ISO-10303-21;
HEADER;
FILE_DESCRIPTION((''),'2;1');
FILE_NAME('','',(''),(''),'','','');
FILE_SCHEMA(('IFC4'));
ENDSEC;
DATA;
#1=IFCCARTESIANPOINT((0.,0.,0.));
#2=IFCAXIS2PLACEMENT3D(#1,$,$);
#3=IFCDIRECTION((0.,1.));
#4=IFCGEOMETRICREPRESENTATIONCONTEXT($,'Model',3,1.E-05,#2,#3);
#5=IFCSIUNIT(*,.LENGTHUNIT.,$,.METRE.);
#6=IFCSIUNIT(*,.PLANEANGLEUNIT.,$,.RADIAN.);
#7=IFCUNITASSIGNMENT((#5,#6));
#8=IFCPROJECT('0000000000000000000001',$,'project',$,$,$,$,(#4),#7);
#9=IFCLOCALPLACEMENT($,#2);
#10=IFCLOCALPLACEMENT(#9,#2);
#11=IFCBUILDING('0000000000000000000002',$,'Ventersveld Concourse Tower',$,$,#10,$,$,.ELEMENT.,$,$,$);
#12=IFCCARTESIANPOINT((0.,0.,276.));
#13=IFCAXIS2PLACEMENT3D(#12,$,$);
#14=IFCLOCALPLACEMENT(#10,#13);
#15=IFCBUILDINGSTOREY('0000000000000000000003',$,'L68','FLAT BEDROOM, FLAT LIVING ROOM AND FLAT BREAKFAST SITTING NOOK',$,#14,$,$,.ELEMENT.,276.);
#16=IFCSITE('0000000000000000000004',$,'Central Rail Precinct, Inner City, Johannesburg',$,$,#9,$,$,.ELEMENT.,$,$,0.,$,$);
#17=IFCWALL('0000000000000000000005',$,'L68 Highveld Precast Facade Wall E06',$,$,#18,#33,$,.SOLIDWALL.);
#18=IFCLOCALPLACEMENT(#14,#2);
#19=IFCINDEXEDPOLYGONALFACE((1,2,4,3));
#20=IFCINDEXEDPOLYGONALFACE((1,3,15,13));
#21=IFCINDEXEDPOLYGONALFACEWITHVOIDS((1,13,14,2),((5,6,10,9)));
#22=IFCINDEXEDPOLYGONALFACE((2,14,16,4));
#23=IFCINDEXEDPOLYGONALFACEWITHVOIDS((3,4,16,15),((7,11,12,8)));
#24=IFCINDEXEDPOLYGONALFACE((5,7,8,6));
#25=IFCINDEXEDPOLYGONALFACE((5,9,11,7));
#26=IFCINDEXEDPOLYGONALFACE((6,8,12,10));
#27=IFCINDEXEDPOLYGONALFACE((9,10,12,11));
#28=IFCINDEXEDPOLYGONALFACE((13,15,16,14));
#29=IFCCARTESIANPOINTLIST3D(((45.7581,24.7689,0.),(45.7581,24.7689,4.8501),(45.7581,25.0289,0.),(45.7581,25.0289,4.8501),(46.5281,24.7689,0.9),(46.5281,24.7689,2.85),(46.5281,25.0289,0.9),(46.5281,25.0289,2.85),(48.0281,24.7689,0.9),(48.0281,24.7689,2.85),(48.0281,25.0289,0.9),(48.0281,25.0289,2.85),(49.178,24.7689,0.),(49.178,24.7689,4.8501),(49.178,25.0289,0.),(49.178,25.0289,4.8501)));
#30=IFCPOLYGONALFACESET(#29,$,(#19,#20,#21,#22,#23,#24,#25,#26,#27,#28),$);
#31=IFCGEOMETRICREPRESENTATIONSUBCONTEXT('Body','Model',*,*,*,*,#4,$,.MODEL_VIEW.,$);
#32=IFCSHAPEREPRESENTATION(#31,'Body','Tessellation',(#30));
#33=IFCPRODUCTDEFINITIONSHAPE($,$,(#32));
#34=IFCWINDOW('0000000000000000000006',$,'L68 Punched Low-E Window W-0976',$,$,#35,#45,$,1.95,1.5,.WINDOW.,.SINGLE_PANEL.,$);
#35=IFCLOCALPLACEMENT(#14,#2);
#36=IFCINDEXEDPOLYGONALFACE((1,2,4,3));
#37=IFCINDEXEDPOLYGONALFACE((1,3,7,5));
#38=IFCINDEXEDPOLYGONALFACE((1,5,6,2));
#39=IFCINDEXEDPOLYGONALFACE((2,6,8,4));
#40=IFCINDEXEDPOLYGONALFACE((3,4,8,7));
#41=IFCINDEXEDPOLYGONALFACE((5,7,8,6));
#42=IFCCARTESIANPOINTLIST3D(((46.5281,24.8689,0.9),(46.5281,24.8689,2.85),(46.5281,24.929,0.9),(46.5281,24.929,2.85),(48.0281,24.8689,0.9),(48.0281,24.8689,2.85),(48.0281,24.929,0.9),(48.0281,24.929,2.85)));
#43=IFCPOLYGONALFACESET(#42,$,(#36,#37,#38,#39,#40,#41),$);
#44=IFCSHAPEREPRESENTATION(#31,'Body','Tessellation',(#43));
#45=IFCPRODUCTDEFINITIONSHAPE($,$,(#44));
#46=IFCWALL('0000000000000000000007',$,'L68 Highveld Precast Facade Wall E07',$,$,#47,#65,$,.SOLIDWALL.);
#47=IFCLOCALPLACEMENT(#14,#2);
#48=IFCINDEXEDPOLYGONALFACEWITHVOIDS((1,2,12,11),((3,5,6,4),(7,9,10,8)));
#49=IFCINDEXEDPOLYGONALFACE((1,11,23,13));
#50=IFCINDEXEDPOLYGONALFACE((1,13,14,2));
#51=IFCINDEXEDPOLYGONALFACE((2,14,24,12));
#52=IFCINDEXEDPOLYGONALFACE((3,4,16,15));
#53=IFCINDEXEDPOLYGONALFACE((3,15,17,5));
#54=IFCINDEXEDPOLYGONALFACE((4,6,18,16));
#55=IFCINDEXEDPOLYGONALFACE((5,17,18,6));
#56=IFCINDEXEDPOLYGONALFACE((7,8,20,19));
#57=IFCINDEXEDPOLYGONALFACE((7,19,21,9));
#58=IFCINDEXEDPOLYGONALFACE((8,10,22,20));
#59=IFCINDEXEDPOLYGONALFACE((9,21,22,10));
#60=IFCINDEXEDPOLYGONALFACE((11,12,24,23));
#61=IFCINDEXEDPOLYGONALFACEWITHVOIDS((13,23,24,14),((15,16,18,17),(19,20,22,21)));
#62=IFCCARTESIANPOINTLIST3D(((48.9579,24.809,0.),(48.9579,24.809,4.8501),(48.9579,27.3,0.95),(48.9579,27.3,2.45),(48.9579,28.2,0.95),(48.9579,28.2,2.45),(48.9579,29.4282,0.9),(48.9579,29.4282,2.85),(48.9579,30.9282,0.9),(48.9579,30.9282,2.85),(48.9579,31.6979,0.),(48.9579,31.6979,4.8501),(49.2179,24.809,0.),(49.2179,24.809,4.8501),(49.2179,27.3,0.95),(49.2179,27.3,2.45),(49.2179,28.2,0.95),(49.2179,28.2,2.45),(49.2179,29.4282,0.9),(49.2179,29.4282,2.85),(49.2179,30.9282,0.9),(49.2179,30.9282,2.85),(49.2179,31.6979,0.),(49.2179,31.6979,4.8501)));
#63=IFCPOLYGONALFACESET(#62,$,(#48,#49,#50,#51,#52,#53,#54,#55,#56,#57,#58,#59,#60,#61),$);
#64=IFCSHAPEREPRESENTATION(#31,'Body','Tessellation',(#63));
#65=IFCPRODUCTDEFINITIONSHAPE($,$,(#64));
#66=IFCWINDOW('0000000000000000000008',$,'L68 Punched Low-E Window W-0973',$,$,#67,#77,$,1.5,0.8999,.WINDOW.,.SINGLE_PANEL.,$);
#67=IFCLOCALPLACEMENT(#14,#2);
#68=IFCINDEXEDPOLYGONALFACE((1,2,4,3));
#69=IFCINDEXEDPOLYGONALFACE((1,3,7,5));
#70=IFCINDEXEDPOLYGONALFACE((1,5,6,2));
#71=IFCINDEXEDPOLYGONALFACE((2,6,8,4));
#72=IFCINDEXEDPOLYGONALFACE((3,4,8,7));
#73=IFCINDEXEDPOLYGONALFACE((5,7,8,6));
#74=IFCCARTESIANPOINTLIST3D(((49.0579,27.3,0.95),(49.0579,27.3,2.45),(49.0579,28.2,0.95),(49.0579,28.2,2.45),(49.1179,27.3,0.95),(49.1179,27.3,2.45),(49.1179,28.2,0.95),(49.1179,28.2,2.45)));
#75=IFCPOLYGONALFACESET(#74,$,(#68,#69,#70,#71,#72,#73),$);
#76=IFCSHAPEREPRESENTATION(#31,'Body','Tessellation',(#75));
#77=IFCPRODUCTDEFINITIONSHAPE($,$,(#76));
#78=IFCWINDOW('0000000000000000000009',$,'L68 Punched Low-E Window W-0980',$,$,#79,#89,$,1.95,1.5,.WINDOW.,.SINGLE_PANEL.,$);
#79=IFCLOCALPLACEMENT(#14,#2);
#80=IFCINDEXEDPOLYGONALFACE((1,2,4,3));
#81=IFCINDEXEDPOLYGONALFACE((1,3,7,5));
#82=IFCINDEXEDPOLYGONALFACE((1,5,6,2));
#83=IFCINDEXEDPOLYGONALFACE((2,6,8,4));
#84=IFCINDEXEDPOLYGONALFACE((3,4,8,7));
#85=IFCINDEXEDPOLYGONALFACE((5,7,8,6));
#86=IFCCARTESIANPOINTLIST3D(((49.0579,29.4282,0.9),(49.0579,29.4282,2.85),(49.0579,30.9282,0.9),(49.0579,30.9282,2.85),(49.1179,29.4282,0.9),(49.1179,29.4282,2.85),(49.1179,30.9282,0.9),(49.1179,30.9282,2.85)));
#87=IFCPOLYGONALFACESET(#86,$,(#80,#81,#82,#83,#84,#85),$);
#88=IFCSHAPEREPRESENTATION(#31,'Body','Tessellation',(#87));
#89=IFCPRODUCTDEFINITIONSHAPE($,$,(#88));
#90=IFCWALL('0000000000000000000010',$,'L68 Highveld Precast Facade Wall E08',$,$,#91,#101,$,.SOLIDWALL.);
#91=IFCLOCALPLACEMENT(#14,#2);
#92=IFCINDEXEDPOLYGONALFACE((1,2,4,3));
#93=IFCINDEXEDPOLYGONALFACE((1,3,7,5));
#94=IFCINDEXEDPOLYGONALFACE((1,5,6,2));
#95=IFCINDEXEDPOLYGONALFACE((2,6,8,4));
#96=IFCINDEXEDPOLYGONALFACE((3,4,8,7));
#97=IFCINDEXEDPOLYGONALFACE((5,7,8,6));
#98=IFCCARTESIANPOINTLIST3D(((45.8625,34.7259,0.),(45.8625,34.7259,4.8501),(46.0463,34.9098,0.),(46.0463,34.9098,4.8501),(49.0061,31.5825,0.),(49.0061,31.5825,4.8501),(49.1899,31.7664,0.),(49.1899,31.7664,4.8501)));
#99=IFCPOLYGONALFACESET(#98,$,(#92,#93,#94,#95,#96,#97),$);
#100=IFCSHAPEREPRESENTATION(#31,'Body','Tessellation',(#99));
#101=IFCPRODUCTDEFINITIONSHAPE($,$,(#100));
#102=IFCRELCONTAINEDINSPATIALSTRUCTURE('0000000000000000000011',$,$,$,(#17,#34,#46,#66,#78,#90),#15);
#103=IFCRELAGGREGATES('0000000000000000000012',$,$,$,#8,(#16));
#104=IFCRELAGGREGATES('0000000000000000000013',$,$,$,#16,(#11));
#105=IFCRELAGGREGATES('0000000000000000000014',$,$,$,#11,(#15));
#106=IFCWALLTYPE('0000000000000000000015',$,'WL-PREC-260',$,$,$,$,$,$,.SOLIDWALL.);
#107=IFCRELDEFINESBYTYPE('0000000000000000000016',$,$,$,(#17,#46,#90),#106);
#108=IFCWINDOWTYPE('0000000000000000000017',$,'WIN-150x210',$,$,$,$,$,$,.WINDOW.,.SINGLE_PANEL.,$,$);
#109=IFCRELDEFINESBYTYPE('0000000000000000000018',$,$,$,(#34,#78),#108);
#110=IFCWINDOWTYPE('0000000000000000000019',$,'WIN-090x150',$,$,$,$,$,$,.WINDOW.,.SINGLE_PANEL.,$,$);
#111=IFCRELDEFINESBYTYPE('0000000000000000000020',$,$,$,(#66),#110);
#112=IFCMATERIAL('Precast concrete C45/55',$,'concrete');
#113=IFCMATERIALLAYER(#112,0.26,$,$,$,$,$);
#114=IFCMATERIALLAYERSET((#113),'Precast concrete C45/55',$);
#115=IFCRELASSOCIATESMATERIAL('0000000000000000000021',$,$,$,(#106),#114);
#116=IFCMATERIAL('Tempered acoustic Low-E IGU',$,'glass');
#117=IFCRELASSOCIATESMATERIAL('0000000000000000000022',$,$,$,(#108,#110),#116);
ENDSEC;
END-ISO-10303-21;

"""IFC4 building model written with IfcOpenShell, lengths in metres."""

from ifc_helpers import new_model, si_unit, direction, frame, frame_2d, origin, place, context, subcontext, project, spatial, rectangle, extrude, material, layer, layer_set, type_object, element, fill, save


model = new_model("IFC4")

# Units and contexts
model_context = context("Model", 3, precision=1e-05, world=origin(), true_north=direction((0.0, 1.0)))
body_context = subcontext(model_context, "Body", "Model", "MODEL_VIEW")
ifc_project = project(units=[si_unit("LENGTHUNIT", "METRE"), si_unit("PLANEANGLEUNIT", "RADIAN")], contexts=[model_context])

# Site, building, storey
site_placement = place(None, origin())
site = spatial("IfcSite", under=ifc_project, at=site_placement, Name="Central Rail Precinct, Inner City, Johannesburg", CompositionType="ELEMENT", RefElevation=0.0)
building_placement = place(site_placement, origin())
building = spatial("IfcBuilding", under=site, at=building_placement, Name="Ventersveld Concourse Tower", CompositionType="ELEMENT")
storey_placement = place(building_placement, frame((0.0, 0.0, 276.0)))
storey = spatial("IfcBuildingStorey", under=building, at=storey_placement, Name="L68", Description="FLAT BEDROOM, FLAT LIVING ROOM AND FLAT BREAKFAST SITTING NOOK", CompositionType="ELEMENT", Elevation=276.0)

# Wall, opening, window
ifc_material_1 = material(Name="Precast concrete C45/55", Category="concrete")
ifc_layer_1 = layer(ifc_material_1, 0.26)
ifc_layer_set_1 = layer_set([ifc_layer_1], Name="Precast concrete C45/55")
wall_type_1 = type_object("IfcWallType", Name="WL-PREC-260", PredefinedType="SOLIDWALL", material=ifc_layer_set_1)
wall_1_placement = place(storey_placement, frame((45.7581, 24.8989, 0.0), z_axis=(0.0, 0.0, 1.0), x_axis=(1.0, 0.0, 0.0)))
wall_1 = element("IfcWall", 1, at=wall_1_placement, inside=storey, type_object=wall_type_1, Name="L68 Highveld Precast Facade Wall E06", PredefinedType="SOLIDWALL", context=body_context, shape_type="SweptSolid", body=[
    extrude(rectangle(XDim=3.4199, YDim=0.26, at=frame_2d((1.71, 0.0))), origin(), (0.0, 0.0, 1.0), 4.8501),
])
opening_1_placement = place(wall_1_placement, frame((0.77, 0.0, 0.8999)))
opening_1 = element("IfcOpeningElement", 2, at=opening_1_placement, cuts=wall_1, PredefinedType="OPENING", context=body_context, shape_type="SweptSolid", body=[
    extrude(rectangle(XDim=1.5, YDim=1.95, at=frame_2d((0.75, 0.9751))), frame((0.0, 0.1401, 0.0), z_axis=(0.0, -1.0, 0.0), x_axis=(1.0, 0.0, 0.0)), (0.0, 0.0, 1.0), 0.28),
])
ifc_material_2 = material(Name="Tempered acoustic Low-E IGU", Category="glass")
window_type_1 = type_object("IfcWindowType", Name="WIN-150x210", PartitioningType="SINGLE_PANEL", PredefinedType="WINDOW", material=ifc_material_2)
window_1_placement = place(opening_1_placement, origin())
window_1 = element("IfcWindow", 3, at=window_1_placement, inside=storey, type_object=window_type_1, Name="L68 Punched Low-E Window W-0976", OverallHeight=1.95, OverallWidth=1.5, PartitioningType="SINGLE_PANEL", PredefinedType="WINDOW", context=body_context, shape_type="SweptSolid", body=[
    extrude(rectangle(XDim=1.5, YDim=1.95, at=frame_2d((0.75, 0.9751))), frame((0.0, 0.03, 0.0), z_axis=(0.0, -1.0, 0.0), x_axis=(1.0, 0.0, 0.0)), (0.0, 0.0, 1.0), 0.0601),
])
fill(opening_1, window_1)

# Wall, openings, windows
wall_2_placement = place(storey_placement, frame((49.0879, 24.8091, 0.0), z_axis=(0.0, 0.0, 1.0), x_axis=(0.0, 1.0, 0.0)))
wall_2 = element("IfcWall", 4, at=wall_2_placement, inside=storey, type_object=wall_type_1, Name="L68 Highveld Precast Facade Wall E07", PredefinedType="SOLIDWALL", context=body_context, shape_type="SweptSolid", body=[
    extrude(rectangle(XDim=6.8889, YDim=0.26, at=frame_2d((3.4443, 0.0))), origin(), (0.0, 0.0, 1.0), 4.8501),
])
opening_2_placement = place(wall_2_placement, frame((2.491, 0.0, 0.95)))
opening_2 = element("IfcOpeningElement", 5, at=opening_2_placement, cuts=wall_2, PredefinedType="OPENING", context=body_context, shape_type="SweptSolid", body=[
    extrude(rectangle(XDim=0.8999, YDim=1.5, at=frame_2d((0.45, 0.75))), frame((0.0, 0.1401, 0.0), z_axis=(0.0, -1.0, 0.0), x_axis=(1.0, 0.0, 0.0)), (0.0, 0.0, 1.0), 0.28),
])
opening_3_placement = place(wall_2_placement, frame((4.6191, 0.0, 0.8999)))
opening_3 = element("IfcOpeningElement", 6, at=opening_3_placement, cuts=wall_2, PredefinedType="OPENING", context=body_context, shape_type="SweptSolid", body=[
    extrude(rectangle(XDim=1.5, YDim=1.95, at=frame_2d((0.75, 0.9751))), frame((0.0, 0.1401, 0.0), z_axis=(0.0, -1.0, 0.0), x_axis=(1.0, 0.0, 0.0)), (0.0, 0.0, 1.0), 0.28),
])
window_type_2 = type_object("IfcWindowType", Name="WIN-090x150", PartitioningType="SINGLE_PANEL", PredefinedType="WINDOW", material=ifc_material_2)
window_2_placement = place(opening_2_placement, origin())
window_2 = element("IfcWindow", 7, at=window_2_placement, inside=storey, type_object=window_type_2, Name="L68 Punched Low-E Window W-0973", OverallHeight=1.5, OverallWidth=0.8999, PartitioningType="SINGLE_PANEL", PredefinedType="WINDOW", context=body_context, shape_type="SweptSolid", body=[
    extrude(rectangle(XDim=0.8999, YDim=1.5, at=frame_2d((0.45, 0.75))), frame((0.0, 0.03, 0.0), z_axis=(0.0, -1.0, 0.0), x_axis=(1.0, 0.0, 0.0)), (0.0, 0.0, 1.0), 0.0601),
])
fill(opening_2, window_2)
window_3_placement = place(opening_3_placement, origin())
window_3 = element("IfcWindow", 8, at=window_3_placement, inside=storey, type_object=window_type_1, Name="L68 Punched Low-E Window W-0980", OverallHeight=1.95, OverallWidth=1.5, PartitioningType="SINGLE_PANEL", PredefinedType="WINDOW", context=body_context, shape_type="SweptSolid", body=[
    extrude(rectangle(XDim=1.5, YDim=1.95, at=frame_2d((0.75, 0.9751))), frame((0.0, 0.03, 0.0), z_axis=(0.0, -1.0, 0.0), x_axis=(1.0, 0.0, 0.0)), (0.0, 0.0, 1.0), 0.0601),
])
fill(opening_3, window_3)

# Wall
wall_3_placement = place(storey_placement, frame((49.0979, 31.6746, 0.0), z_axis=(0.0, 0.0, 1.0), x_axis=(-0.707134, 0.707079, 0.0)))
element("IfcWall", 9, at=wall_3_placement, inside=storey, type_object=wall_type_1, Name="L68 Highveld Precast Facade Wall E08", PredefinedType="SOLIDWALL", context=body_context, shape_type="SweptSolid", body=[
    extrude(rectangle(XDim=4.4456, YDim=0.26, at=frame_2d((2.2227, 0.0))), origin(), (0.0, 0.0, 1.0), 4.8501),
])

save(model, "model.ifc")
